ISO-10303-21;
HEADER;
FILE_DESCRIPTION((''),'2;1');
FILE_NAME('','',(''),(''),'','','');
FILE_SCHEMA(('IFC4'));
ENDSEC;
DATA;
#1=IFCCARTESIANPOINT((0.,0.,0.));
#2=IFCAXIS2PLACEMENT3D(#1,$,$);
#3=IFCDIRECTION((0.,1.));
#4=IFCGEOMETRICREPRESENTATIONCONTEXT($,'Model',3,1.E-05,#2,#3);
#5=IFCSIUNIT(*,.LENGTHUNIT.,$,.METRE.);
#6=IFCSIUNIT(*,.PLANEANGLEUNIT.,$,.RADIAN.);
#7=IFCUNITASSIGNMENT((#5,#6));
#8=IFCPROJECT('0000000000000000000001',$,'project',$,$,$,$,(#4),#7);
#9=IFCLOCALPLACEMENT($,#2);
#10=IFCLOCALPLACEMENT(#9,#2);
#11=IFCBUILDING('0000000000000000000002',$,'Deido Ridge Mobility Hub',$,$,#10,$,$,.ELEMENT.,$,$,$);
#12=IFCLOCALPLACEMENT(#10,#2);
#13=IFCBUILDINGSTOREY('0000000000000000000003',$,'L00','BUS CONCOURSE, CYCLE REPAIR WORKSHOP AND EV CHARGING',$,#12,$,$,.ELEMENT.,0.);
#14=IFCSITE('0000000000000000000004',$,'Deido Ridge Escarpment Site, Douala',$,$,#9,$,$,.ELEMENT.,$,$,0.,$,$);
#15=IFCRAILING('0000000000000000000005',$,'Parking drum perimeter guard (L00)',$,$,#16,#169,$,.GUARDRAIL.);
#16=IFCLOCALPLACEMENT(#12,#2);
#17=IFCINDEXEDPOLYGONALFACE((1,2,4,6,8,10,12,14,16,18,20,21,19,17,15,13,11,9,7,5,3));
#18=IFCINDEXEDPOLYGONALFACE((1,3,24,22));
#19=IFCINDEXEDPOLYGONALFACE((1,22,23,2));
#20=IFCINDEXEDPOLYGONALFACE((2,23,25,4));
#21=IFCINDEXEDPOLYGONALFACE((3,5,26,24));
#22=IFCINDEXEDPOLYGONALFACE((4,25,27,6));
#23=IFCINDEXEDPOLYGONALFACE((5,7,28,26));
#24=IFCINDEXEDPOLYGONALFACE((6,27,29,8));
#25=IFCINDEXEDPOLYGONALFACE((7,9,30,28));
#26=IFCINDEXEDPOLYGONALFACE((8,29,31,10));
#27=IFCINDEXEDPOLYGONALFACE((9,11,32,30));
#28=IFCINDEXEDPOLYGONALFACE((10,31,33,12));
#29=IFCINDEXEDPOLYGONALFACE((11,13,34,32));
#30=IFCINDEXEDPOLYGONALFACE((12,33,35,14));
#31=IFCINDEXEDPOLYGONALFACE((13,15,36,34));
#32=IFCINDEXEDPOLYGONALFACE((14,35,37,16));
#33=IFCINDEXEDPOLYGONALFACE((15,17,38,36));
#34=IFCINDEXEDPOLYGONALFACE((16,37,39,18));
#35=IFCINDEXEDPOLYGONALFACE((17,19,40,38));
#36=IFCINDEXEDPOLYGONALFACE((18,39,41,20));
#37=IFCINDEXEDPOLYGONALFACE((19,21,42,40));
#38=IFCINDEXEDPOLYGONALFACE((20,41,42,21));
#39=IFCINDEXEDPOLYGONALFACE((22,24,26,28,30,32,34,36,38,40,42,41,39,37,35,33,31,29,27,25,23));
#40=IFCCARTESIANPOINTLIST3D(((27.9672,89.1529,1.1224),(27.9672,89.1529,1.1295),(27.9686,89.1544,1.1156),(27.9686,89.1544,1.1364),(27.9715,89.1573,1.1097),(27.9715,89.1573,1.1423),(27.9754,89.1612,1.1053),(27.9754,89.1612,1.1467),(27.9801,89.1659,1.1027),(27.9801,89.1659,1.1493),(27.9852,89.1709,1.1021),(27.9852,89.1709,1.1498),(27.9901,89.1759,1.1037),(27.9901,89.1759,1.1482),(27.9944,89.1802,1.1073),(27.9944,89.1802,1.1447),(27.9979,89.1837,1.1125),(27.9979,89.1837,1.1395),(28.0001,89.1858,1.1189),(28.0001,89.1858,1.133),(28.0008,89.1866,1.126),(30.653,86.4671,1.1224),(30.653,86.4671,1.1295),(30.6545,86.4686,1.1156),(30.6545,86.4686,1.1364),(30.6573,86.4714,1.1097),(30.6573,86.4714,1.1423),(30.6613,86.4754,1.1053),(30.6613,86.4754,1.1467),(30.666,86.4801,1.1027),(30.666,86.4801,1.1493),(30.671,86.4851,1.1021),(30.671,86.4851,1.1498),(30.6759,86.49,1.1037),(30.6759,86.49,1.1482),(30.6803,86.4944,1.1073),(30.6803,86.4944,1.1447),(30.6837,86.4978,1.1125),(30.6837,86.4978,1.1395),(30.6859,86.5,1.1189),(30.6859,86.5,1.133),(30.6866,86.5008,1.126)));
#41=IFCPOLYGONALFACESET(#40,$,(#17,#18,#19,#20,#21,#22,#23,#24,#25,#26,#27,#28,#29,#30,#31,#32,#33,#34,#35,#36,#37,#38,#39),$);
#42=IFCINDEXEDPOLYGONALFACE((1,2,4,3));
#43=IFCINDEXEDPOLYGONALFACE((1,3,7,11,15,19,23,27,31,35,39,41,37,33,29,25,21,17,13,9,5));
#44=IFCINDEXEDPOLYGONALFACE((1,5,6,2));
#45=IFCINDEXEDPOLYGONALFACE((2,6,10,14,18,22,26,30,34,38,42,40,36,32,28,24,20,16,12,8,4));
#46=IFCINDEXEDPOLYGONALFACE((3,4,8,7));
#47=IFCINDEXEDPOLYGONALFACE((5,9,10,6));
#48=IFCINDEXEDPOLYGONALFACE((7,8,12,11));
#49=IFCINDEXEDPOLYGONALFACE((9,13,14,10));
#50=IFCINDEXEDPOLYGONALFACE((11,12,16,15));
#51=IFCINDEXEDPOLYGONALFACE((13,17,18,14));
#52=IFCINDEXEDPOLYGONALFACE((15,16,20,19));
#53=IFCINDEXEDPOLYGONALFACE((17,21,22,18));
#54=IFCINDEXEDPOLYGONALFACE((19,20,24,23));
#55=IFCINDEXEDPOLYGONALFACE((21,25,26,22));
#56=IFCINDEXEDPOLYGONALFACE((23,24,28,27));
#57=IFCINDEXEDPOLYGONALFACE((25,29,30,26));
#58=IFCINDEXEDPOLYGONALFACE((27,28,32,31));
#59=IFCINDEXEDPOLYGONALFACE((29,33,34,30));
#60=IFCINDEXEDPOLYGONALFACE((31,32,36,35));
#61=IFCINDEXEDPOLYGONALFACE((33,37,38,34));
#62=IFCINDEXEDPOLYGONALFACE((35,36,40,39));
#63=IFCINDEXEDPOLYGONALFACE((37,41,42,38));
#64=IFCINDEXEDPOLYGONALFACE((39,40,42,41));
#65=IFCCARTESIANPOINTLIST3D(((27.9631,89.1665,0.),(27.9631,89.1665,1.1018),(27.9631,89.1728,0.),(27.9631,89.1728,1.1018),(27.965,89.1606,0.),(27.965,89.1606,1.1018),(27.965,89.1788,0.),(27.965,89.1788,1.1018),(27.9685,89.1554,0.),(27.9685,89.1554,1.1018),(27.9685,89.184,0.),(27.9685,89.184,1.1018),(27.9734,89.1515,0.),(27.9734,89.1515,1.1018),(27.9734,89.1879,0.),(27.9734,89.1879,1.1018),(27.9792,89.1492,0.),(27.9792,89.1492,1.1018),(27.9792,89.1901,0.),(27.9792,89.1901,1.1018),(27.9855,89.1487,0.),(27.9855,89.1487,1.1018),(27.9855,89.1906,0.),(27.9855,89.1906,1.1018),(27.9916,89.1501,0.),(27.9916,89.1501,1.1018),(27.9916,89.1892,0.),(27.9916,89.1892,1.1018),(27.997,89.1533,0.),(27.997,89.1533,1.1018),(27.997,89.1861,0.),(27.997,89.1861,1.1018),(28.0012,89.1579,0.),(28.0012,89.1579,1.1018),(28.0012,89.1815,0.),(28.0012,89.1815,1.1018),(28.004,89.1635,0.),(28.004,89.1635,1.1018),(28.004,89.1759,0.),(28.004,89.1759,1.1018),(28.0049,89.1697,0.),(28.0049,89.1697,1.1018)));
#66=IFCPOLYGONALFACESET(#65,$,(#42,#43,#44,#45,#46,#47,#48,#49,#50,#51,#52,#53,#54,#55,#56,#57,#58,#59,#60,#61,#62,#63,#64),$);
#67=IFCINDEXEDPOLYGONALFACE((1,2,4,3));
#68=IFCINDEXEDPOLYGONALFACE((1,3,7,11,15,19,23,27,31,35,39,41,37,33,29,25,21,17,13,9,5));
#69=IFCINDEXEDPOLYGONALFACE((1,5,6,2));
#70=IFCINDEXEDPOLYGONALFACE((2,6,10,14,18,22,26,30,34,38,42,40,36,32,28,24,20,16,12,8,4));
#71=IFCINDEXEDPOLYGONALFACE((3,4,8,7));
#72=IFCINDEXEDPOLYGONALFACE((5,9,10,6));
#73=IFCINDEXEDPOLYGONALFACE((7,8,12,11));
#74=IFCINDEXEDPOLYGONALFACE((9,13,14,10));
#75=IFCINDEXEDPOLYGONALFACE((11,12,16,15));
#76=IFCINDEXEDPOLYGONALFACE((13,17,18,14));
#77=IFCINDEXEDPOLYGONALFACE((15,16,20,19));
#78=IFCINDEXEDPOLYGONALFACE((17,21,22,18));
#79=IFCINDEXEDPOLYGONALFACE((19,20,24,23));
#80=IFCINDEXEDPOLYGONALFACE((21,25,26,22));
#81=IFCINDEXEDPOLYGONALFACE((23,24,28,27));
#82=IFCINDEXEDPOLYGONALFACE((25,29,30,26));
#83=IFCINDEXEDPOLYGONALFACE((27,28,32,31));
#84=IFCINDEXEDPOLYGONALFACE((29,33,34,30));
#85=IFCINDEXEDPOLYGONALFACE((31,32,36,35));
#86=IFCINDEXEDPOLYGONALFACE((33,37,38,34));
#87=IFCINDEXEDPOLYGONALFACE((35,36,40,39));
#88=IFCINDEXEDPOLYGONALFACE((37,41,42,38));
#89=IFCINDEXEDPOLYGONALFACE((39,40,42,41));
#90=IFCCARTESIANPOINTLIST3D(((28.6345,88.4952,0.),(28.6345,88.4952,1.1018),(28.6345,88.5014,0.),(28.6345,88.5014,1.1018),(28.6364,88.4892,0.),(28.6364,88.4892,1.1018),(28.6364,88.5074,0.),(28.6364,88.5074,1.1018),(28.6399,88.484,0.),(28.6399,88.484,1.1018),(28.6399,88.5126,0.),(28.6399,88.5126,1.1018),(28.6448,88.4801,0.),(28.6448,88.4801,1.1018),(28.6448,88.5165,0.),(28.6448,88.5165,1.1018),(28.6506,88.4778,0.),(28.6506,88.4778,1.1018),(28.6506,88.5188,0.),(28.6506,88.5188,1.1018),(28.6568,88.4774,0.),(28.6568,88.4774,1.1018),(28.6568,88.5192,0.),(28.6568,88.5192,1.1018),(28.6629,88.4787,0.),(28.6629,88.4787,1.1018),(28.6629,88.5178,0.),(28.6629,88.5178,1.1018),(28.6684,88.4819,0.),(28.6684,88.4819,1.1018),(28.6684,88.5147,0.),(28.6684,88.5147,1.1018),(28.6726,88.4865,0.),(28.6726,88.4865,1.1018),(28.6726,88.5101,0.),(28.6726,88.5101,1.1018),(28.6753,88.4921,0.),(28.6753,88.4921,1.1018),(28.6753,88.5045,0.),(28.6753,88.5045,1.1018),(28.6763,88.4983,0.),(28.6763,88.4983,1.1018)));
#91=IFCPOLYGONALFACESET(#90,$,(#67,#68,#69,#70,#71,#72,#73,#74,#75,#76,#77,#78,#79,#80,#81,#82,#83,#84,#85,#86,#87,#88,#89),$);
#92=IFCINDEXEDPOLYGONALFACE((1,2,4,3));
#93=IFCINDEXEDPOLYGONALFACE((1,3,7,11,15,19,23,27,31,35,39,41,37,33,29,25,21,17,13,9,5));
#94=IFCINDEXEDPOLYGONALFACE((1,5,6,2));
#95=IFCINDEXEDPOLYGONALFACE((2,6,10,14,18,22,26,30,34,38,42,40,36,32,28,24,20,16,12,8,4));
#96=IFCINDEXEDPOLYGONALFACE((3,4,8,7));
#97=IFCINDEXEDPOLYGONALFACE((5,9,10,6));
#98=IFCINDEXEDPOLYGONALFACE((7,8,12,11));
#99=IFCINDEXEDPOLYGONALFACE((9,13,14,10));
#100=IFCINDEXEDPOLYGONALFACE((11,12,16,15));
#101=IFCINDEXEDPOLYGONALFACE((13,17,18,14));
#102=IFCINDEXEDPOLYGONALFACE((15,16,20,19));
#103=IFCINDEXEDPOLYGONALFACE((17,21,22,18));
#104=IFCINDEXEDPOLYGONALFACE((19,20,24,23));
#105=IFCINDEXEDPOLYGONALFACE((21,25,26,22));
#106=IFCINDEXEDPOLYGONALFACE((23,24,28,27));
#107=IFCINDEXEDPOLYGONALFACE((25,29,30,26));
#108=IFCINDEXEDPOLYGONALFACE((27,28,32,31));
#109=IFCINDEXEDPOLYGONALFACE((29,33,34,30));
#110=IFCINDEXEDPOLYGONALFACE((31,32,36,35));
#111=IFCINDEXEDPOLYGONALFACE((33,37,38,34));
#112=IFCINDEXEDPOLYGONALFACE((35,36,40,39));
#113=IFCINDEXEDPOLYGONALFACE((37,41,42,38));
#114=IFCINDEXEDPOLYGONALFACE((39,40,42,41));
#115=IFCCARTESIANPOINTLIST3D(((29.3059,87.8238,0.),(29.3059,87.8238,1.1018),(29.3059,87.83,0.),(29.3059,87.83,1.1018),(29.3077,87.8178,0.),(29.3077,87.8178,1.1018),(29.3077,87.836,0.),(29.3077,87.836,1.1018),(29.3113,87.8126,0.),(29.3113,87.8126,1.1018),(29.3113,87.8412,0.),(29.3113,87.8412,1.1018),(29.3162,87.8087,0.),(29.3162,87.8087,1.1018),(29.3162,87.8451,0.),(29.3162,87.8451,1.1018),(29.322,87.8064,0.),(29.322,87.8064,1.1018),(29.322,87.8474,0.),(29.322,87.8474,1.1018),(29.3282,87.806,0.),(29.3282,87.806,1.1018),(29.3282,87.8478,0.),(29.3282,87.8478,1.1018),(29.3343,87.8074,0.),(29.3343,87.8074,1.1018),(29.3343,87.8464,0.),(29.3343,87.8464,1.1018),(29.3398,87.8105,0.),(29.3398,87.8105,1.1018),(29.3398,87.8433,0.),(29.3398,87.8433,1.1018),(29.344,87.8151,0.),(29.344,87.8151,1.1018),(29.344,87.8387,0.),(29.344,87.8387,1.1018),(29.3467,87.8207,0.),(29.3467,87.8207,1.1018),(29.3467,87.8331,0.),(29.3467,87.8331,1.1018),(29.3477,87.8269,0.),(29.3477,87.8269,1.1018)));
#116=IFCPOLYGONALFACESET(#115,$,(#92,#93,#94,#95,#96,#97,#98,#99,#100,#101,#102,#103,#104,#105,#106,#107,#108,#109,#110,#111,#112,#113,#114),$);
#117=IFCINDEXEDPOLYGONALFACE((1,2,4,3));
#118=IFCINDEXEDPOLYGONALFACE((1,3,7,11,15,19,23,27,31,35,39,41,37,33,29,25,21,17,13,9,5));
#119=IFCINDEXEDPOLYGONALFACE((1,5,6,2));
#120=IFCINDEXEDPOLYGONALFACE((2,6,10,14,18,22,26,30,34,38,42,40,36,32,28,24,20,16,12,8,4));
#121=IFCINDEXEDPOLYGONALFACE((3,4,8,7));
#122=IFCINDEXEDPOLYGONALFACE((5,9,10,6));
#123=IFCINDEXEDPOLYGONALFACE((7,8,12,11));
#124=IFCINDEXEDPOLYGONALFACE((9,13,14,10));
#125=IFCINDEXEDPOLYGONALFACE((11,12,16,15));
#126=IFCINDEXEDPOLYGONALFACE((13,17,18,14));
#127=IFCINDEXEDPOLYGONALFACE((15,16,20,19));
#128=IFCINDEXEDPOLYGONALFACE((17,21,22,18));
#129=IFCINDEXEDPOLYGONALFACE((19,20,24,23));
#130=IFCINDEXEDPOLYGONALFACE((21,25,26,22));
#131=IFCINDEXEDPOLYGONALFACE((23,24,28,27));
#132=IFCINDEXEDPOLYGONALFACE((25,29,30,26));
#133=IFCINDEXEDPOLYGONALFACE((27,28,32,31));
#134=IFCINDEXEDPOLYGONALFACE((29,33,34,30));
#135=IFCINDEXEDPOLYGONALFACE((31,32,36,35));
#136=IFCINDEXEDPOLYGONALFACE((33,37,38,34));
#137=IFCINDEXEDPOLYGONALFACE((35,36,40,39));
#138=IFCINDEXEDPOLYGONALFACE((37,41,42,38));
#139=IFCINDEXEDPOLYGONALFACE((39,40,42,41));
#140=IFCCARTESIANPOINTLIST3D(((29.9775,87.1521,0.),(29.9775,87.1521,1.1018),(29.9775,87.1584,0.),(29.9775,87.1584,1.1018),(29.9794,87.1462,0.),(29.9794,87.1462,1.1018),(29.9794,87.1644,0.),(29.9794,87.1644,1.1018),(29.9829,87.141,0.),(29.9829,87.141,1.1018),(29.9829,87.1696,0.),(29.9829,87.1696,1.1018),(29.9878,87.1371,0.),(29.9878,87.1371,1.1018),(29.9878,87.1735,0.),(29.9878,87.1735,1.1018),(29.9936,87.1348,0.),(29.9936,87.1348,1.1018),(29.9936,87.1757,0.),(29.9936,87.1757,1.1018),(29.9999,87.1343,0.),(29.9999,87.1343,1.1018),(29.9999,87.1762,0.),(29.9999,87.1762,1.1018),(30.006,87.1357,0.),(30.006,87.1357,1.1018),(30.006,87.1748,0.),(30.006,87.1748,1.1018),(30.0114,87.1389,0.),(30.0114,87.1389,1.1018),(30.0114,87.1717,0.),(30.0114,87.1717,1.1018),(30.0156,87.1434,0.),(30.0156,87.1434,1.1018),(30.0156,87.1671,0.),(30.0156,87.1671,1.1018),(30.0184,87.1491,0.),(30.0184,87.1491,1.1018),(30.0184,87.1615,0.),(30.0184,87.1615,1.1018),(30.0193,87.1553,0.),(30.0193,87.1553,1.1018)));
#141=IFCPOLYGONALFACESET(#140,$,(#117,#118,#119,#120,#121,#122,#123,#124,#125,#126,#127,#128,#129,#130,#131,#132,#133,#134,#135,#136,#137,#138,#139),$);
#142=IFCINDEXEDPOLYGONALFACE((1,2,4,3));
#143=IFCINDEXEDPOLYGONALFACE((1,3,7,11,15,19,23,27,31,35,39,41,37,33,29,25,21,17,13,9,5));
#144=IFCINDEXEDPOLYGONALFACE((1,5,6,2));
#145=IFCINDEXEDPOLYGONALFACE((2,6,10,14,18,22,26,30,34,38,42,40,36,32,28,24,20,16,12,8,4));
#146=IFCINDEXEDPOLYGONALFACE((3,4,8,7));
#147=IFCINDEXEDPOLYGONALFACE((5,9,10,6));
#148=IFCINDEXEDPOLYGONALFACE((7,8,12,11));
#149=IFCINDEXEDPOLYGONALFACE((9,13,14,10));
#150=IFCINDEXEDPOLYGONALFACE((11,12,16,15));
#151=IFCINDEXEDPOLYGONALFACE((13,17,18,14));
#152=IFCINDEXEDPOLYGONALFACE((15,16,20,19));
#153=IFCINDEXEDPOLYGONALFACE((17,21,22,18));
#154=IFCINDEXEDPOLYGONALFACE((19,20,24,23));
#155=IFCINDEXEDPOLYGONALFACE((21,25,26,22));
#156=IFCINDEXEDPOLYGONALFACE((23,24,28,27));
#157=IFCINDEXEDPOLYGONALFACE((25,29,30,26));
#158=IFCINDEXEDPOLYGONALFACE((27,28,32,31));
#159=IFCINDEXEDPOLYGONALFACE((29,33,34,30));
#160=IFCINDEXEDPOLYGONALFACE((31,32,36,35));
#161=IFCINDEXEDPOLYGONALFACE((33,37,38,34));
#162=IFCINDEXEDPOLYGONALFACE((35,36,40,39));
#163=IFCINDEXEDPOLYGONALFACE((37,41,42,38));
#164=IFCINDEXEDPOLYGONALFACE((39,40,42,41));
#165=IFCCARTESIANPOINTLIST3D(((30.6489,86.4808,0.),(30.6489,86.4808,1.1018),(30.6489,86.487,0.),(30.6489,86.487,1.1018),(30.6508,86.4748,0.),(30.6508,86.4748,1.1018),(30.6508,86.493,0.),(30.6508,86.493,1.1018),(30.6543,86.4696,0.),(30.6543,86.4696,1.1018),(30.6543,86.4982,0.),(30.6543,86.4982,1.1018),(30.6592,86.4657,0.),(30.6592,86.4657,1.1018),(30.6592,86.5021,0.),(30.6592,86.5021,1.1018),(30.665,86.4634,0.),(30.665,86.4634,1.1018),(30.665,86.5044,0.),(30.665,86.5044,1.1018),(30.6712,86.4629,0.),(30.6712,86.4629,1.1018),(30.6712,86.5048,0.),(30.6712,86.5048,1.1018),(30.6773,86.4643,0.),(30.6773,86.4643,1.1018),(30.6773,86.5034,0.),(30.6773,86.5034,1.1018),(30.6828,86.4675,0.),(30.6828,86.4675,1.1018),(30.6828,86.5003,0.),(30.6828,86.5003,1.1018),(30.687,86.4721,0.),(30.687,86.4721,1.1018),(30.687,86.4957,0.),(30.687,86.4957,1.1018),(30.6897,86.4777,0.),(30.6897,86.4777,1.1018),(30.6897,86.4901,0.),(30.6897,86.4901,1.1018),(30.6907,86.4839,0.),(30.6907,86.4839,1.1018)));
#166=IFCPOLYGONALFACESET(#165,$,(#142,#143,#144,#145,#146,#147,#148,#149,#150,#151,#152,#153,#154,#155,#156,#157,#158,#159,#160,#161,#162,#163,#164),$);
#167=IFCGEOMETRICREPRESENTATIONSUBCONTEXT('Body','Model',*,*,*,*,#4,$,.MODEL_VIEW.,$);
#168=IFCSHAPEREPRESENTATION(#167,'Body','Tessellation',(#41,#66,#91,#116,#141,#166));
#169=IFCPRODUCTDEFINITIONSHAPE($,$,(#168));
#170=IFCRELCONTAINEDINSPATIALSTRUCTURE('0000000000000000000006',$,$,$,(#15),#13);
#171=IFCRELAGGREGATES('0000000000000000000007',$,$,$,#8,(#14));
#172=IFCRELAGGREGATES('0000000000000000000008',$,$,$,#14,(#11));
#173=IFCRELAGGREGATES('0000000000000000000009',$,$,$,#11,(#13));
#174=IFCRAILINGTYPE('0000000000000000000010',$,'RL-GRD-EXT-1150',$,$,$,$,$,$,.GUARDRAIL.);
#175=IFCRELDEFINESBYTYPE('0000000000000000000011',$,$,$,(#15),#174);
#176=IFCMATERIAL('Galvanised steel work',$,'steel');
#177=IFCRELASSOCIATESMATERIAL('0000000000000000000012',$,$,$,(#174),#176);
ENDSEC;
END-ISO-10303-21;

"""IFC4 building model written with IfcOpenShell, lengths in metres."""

from ifc_helpers import new_model, si_unit, direction, frame, origin, origin_2d, place, context, subcontext, project, spatial, circle, extrude, material, type_object, element, save


model = new_model("IFC4")

# Units and contexts
model_context = context("Model", 3, precision=1e-05, world=origin(), true_north=direction((0.0, 1.0)))
body_context = subcontext(model_context, "Body", "Model", "MODEL_VIEW")
ifc_project = project(units=[si_unit("LENGTHUNIT", "METRE"), si_unit("PLANEANGLEUNIT", "RADIAN")], contexts=[model_context])

# Site, building, storey
site_placement = place(None, origin())
site = spatial("IfcSite", under=ifc_project, at=site_placement, Name="Deido Ridge Escarpment Site, Douala", CompositionType="ELEMENT", RefElevation=0.0)
building_placement = place(site_placement, origin())
building = spatial("IfcBuilding", under=site, at=building_placement, Name="Deido Ridge Mobility Hub", CompositionType="ELEMENT")
storey_placement = place(building_placement, origin())
storey = spatial("IfcBuildingStorey", under=building, at=storey_placement, Name="L00", Description="BUS CONCOURSE, CYCLE REPAIR WORKSHOP AND EV CHARGING", CompositionType="ELEMENT", Elevation=0.0)

# Railing
ifc_material_1 = material(Name="Galvanised steel work", Category="steel")
railing_type = type_object("IfcRailingType", Name="RL-GRD-EXT-1150", PredefinedType="GUARDRAIL", material=ifc_material_1)
railing_1_placement = place(storey_placement, frame((27.9839, 89.1697, 0.0)))
element("IfcRailing", 1, at=railing_1_placement, inside=storey, type_object=railing_type, Name="Parking drum perimeter guard (L00)", PredefinedType="GUARDRAIL", context=body_context, shape_type="SweptSolid", body=[
    extrude(circle(Radius=0.0239, at=origin_2d()), frame((0.0, 0.0, 1.126), z_axis=(0.707107, -0.707107, 0.0), x_axis=(0.707107, 0.707107, 0.0)), (0.0, 0.0, 1.0), 3.7983),
    extrude(circle(Radius=0.021, at=origin_2d()), origin(), (0.0, 0.0, 1.0), 1.1018),
    extrude(circle(Radius=0.021, at=origin_2d()), frame((0.6714, -0.6714, 0.0)), (0.0, 0.0, 1.0), 1.1018),
    extrude(circle(Radius=0.021, at=origin_2d()), frame((1.3428, -1.3428, 0.0)), (0.0, 0.0, 1.0), 1.1018),
    extrude(circle(Radius=0.021, at=origin_2d()), frame((2.0144, -2.0144, 0.0)), (0.0, 0.0, 1.0), 1.1018),
    extrude(circle(Radius=0.021, at=origin_2d()), frame((2.6858, -2.6858, 0.0)), (0.0, 0.0, 1.0), 1.1018),
])

save(model, "model.ifc")
